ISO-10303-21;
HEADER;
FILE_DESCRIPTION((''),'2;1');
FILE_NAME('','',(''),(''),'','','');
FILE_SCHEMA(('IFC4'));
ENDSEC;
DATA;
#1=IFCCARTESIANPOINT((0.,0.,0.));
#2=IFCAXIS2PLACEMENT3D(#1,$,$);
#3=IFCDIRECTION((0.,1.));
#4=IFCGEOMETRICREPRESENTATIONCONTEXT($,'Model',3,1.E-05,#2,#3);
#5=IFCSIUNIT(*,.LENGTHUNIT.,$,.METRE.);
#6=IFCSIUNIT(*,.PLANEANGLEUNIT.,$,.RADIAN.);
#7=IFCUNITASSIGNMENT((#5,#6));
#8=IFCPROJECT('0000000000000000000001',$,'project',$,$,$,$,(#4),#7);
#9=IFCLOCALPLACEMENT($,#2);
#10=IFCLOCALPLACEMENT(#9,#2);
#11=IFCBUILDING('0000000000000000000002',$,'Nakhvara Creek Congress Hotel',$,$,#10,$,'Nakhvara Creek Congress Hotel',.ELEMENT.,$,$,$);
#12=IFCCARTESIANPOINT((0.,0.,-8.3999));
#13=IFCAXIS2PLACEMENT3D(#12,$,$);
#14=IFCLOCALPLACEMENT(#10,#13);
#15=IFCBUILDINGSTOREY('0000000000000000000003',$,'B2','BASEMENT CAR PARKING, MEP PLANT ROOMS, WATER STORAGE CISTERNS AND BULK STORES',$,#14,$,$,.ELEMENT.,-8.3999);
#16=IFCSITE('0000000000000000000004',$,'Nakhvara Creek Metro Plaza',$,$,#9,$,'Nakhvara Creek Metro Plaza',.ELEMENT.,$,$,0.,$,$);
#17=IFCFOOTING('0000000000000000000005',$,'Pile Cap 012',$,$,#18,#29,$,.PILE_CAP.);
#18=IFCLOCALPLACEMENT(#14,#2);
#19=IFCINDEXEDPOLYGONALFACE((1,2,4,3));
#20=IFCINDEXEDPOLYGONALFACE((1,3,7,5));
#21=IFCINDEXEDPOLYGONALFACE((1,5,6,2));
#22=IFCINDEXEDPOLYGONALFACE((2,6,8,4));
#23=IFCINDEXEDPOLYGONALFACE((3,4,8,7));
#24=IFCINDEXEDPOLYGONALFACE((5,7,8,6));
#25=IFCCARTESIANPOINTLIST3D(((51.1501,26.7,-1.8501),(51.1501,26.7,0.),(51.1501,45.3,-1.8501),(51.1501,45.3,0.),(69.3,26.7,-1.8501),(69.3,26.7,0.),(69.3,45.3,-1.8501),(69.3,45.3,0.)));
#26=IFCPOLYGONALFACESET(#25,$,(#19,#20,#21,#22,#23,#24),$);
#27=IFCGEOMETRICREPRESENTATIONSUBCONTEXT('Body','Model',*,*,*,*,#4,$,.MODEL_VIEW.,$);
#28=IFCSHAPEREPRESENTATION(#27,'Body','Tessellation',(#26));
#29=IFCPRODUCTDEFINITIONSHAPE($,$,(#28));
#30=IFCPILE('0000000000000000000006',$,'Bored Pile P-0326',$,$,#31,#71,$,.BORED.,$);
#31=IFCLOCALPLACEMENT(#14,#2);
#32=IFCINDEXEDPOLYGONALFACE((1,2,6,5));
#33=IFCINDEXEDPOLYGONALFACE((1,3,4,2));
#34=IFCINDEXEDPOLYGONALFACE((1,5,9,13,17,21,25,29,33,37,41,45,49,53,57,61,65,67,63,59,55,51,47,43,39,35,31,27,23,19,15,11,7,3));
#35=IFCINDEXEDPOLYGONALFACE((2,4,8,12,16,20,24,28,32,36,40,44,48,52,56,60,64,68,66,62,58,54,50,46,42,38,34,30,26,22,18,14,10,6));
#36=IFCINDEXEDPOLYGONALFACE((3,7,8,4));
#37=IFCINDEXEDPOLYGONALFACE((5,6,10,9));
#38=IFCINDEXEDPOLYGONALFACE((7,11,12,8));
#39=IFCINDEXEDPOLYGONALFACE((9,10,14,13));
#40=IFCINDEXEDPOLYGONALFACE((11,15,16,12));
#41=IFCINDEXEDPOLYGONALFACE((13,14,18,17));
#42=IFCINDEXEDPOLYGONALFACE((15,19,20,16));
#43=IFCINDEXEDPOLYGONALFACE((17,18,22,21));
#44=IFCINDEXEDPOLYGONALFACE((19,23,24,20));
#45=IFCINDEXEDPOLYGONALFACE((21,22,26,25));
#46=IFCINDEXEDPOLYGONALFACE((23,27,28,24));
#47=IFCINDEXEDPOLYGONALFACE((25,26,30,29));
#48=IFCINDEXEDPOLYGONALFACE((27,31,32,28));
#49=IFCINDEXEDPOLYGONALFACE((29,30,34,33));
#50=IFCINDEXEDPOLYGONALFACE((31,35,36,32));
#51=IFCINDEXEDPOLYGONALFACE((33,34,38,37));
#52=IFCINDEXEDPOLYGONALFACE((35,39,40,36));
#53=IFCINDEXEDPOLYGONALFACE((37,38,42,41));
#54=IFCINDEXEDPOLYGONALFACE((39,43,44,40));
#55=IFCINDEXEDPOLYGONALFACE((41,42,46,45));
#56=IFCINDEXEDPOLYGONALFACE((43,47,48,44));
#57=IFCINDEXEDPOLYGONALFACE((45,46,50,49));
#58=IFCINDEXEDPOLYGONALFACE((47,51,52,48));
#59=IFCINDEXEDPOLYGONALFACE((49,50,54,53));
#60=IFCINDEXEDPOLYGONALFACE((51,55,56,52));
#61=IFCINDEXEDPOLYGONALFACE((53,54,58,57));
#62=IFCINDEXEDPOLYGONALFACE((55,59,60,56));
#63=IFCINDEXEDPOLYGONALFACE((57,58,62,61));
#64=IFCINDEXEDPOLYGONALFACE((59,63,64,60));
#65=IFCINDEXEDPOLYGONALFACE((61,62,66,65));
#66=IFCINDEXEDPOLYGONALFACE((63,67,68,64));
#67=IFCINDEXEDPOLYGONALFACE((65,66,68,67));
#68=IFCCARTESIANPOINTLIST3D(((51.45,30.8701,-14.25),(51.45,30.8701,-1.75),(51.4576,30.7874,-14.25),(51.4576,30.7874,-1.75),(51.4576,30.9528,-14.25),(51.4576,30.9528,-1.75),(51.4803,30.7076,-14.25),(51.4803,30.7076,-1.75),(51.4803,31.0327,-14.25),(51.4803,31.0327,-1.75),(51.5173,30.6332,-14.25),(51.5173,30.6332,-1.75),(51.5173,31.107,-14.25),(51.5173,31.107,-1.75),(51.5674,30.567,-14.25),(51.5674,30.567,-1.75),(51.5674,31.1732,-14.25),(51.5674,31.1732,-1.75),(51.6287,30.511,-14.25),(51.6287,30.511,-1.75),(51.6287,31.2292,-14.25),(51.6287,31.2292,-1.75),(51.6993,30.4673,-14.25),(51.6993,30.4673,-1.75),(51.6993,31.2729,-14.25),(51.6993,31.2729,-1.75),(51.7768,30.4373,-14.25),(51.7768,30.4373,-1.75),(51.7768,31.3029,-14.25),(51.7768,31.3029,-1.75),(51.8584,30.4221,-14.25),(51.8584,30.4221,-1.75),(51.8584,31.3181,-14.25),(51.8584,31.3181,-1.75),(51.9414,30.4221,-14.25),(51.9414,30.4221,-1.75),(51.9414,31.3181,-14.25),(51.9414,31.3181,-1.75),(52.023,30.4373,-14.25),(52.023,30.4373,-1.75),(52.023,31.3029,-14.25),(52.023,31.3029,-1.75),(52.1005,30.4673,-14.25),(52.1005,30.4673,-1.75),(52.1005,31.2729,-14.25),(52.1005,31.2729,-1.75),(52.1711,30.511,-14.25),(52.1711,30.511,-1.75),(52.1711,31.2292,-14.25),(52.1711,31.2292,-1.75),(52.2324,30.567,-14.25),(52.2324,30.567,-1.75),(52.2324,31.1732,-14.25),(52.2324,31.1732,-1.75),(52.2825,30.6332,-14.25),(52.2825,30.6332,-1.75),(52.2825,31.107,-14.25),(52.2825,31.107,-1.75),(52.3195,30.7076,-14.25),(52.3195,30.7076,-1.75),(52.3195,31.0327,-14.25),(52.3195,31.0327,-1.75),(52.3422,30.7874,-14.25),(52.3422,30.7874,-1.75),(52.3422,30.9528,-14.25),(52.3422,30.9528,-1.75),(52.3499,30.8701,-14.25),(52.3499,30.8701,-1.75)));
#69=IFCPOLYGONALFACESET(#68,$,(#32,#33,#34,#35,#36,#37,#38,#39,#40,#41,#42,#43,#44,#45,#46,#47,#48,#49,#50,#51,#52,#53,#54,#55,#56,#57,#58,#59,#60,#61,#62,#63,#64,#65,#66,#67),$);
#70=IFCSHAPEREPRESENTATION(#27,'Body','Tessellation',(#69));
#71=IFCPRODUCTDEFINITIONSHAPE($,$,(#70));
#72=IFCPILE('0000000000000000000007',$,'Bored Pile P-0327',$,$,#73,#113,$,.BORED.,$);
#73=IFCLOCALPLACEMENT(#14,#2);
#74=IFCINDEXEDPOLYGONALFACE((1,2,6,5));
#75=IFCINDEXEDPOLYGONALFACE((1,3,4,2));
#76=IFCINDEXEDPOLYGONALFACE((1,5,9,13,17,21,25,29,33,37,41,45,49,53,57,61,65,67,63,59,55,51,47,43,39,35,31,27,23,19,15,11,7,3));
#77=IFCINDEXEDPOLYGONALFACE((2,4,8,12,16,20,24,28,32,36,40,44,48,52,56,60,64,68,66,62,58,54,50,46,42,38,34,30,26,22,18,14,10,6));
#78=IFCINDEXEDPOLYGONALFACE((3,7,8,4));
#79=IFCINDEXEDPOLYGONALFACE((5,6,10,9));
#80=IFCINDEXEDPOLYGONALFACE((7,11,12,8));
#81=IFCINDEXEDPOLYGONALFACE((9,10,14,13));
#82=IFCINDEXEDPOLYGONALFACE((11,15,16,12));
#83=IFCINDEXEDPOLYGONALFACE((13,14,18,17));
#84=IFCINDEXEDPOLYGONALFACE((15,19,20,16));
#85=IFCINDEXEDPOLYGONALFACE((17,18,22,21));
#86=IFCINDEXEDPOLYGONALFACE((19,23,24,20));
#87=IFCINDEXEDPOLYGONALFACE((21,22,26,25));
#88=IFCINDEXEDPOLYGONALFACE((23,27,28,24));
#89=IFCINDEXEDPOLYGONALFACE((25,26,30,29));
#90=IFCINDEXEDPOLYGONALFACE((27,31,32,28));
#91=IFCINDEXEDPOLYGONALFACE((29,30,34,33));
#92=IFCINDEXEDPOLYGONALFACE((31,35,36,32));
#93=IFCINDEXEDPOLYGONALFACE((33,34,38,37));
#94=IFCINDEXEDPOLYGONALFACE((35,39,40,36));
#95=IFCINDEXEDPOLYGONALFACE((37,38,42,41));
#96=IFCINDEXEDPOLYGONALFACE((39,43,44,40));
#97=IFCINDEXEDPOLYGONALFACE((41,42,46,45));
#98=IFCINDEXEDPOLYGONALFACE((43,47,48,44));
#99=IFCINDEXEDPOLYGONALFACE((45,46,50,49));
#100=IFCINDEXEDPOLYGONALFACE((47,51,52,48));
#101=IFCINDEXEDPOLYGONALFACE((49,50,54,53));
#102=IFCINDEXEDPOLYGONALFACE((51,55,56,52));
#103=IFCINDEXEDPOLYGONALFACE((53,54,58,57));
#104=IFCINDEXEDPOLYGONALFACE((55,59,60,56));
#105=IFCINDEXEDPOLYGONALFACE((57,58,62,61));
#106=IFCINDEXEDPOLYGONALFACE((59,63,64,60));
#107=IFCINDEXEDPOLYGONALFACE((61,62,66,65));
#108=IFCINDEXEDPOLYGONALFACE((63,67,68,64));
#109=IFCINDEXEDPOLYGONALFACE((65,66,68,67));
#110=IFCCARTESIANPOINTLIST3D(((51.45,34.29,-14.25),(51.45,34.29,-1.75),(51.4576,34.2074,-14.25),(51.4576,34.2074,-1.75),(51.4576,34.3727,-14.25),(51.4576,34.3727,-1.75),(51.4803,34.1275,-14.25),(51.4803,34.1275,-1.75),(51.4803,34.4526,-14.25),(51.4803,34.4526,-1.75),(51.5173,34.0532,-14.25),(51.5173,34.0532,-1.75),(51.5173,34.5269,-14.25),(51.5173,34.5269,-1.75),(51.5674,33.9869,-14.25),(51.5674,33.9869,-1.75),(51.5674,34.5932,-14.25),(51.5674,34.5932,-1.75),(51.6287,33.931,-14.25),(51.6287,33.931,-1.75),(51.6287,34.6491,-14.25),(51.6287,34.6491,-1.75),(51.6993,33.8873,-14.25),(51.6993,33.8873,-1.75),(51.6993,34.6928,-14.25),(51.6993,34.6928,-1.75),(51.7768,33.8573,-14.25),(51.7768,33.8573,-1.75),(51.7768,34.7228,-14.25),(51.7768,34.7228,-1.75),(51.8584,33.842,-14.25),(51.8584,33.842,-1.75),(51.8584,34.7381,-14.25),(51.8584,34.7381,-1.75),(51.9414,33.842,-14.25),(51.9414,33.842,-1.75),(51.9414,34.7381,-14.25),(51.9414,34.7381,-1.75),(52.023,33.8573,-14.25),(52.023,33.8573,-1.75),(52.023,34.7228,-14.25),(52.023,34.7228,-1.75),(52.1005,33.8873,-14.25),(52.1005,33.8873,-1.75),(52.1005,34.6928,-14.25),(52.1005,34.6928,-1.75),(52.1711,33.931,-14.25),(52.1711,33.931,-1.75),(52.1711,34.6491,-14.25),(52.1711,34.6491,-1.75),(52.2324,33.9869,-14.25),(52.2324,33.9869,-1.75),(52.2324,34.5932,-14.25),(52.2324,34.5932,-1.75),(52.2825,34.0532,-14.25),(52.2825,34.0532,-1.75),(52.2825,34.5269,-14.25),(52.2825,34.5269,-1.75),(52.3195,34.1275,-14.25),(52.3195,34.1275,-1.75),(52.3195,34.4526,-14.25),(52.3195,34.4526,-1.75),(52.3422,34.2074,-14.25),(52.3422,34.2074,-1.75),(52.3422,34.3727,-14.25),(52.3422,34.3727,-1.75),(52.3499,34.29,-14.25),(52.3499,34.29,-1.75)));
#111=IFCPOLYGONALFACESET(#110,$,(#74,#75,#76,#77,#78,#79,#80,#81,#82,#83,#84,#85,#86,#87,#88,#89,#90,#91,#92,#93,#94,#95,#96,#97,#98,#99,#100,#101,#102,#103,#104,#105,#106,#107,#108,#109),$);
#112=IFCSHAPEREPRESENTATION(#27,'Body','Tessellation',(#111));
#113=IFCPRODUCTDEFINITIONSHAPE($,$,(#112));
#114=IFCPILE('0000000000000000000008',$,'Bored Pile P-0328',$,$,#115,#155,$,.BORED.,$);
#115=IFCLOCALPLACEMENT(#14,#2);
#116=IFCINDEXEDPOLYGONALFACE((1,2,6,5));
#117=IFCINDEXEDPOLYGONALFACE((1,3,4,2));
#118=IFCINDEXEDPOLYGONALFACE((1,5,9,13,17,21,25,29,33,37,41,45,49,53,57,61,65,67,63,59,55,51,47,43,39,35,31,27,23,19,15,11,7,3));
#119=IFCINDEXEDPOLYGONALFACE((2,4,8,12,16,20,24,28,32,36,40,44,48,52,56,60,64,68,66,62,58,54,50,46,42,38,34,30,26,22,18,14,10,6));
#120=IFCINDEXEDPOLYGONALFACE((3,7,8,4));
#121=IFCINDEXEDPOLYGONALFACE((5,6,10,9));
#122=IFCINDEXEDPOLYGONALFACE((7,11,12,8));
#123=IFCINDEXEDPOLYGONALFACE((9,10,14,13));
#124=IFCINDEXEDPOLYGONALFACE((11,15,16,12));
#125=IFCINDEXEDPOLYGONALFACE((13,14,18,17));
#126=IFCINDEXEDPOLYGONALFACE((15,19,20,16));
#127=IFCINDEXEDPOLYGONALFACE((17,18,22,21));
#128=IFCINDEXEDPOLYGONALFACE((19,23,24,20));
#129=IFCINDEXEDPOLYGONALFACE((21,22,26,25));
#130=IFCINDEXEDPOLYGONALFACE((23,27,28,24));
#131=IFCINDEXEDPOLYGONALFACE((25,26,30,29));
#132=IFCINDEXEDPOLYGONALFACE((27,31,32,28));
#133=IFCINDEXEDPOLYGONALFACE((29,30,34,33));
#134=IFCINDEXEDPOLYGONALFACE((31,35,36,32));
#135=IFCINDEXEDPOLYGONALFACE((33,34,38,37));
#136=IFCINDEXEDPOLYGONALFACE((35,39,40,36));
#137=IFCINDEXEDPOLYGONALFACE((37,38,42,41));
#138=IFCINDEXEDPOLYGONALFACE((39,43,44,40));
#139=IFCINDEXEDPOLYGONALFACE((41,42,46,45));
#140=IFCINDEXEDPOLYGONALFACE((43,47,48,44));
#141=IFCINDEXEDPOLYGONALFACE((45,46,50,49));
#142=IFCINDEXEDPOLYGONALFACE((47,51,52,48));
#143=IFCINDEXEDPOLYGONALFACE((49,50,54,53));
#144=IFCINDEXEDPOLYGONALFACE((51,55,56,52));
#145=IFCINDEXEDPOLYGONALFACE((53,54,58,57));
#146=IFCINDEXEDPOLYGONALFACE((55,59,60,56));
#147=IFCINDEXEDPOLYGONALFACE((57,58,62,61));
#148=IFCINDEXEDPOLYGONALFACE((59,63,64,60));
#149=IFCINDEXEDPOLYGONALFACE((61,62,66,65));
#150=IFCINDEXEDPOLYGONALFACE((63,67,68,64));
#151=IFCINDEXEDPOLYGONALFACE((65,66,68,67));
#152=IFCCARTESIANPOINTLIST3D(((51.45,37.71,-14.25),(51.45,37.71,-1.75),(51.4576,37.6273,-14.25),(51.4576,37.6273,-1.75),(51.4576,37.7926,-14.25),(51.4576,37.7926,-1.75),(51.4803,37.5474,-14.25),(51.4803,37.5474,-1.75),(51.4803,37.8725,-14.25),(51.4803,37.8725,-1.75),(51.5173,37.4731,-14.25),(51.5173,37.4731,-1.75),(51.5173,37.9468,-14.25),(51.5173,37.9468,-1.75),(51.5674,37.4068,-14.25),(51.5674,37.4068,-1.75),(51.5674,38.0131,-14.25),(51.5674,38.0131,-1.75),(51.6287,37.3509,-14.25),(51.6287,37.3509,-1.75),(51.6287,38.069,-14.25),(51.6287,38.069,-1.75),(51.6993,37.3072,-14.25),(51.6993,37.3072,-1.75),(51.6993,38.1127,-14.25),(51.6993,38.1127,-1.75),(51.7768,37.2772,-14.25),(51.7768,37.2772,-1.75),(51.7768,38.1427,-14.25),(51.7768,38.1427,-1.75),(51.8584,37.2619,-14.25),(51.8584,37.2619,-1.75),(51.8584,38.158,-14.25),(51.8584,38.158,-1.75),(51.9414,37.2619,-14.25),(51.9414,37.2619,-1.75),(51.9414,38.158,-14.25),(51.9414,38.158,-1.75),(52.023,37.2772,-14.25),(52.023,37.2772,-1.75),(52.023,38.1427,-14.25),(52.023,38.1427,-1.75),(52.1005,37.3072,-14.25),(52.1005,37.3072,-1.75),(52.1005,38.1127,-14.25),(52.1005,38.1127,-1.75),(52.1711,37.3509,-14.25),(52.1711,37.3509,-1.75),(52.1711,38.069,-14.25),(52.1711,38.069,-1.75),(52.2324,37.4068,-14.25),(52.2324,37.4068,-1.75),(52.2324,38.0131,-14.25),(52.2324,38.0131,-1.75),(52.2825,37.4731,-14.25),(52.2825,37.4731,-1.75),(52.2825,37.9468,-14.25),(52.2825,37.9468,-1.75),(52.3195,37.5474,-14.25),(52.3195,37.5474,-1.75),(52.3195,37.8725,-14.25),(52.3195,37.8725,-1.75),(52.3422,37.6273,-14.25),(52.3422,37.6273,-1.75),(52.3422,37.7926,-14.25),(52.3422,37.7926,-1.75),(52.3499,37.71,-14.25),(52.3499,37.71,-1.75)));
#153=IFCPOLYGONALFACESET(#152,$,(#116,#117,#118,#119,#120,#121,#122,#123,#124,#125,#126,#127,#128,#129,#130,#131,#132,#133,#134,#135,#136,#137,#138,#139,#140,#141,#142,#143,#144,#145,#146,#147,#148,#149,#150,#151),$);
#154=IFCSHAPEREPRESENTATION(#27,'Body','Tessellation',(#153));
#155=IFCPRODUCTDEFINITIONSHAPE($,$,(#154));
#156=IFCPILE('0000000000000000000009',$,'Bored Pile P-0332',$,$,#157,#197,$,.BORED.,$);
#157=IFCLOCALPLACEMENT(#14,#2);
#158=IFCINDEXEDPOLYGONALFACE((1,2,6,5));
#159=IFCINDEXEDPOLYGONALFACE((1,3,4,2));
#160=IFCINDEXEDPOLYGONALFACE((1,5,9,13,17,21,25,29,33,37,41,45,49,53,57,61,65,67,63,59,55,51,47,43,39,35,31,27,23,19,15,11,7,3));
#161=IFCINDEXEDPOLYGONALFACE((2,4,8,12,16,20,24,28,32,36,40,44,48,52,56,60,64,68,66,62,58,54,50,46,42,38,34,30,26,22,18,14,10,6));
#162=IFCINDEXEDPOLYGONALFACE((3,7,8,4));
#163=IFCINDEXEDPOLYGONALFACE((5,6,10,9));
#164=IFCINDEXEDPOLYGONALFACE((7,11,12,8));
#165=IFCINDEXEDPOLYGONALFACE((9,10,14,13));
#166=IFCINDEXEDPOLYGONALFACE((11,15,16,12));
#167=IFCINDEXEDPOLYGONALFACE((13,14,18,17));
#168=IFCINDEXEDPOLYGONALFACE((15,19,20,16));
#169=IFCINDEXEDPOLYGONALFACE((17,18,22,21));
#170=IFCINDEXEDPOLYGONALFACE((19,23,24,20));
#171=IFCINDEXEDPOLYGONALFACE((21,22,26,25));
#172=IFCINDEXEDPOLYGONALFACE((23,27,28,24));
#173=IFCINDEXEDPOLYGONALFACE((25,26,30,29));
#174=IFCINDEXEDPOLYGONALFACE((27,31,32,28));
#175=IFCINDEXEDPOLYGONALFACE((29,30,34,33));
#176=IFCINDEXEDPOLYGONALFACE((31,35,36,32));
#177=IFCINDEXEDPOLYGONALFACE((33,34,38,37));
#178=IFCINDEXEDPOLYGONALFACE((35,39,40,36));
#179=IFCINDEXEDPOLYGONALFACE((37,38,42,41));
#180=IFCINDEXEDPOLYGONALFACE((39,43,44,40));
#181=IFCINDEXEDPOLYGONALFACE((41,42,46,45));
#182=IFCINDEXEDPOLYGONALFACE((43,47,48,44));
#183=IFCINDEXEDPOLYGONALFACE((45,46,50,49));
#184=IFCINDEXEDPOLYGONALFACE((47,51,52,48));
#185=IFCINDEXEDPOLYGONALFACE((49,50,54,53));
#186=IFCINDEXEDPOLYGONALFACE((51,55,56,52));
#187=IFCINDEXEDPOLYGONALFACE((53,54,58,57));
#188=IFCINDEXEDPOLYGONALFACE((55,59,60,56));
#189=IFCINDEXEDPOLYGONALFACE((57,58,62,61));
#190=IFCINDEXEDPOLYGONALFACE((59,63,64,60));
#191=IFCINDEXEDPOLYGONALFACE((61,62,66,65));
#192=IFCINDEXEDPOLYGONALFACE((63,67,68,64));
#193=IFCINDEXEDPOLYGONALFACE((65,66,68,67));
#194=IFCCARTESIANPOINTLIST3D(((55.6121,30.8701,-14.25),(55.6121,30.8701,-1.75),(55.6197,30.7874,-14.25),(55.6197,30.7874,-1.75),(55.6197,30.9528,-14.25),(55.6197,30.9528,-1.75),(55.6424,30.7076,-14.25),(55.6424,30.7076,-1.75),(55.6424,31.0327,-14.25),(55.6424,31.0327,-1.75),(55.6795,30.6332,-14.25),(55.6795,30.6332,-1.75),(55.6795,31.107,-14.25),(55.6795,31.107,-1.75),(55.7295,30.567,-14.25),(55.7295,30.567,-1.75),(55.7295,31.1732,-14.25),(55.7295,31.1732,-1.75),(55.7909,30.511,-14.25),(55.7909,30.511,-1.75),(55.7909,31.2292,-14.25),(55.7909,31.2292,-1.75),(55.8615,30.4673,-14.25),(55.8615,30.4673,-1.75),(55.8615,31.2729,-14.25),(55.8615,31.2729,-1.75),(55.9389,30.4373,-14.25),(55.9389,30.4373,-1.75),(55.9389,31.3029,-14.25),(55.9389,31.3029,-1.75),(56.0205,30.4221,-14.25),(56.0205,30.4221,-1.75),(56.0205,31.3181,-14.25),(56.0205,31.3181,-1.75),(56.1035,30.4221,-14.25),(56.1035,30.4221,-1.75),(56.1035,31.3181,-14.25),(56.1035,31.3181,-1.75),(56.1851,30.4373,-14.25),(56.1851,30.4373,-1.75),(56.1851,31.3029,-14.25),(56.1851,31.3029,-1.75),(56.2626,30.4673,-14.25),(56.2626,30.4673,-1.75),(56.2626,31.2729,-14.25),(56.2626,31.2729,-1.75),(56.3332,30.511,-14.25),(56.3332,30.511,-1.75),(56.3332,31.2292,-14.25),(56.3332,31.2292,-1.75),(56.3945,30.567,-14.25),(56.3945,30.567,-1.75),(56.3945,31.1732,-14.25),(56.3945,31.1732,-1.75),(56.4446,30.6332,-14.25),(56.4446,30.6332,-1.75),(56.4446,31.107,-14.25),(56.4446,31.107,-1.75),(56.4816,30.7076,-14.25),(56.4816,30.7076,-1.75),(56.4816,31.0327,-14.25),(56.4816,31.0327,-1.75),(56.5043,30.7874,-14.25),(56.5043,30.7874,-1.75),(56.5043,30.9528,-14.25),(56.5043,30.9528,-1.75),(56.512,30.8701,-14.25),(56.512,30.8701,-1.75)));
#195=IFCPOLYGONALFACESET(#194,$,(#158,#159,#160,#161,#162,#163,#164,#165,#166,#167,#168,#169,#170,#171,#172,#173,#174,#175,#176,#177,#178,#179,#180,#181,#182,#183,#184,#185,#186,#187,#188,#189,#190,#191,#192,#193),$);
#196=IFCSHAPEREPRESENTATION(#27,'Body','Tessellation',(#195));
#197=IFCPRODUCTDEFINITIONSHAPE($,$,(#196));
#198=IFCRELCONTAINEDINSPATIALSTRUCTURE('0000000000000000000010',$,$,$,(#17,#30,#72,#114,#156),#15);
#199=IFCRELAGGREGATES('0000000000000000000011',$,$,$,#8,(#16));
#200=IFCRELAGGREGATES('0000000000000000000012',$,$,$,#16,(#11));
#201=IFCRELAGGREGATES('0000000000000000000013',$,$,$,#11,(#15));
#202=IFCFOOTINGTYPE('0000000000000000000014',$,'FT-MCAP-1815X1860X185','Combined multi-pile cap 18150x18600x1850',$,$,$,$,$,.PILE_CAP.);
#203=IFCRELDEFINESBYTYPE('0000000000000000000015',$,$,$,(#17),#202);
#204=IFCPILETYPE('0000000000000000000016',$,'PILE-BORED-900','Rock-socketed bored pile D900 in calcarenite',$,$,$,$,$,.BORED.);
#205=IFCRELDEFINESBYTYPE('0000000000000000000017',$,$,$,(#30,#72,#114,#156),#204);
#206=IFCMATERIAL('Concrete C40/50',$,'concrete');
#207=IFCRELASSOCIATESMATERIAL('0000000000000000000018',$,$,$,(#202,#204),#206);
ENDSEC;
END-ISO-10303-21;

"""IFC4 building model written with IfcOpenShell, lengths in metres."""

from ifc_helpers import new_model, si_unit, direction, frame, origin, origin_2d, place, context, subcontext, project, spatial, rectangle, circle, extrude, material, material_profile, profile_set, type_object, element, save


model = new_model("IFC4")

# Units and contexts
model_context = context("Model", 3, precision=1e-05, world=origin(), true_north=direction((0.0, 1.0)))
body_context = subcontext(model_context, "Body", "Model", "MODEL_VIEW")
ifc_project = project(units=[si_unit("LENGTHUNIT", "METRE"), si_unit("PLANEANGLEUNIT", "RADIAN")], contexts=[model_context])

# Site, building, storey
site_placement = place(None, origin())
site = spatial("IfcSite", under=ifc_project, at=site_placement, Name="Nakhvara Creek Metro Plaza", LongName="Nakhvara Creek Metro Plaza", CompositionType="ELEMENT", RefElevation=0.0)
building_placement = place(site_placement, origin())
building = spatial("IfcBuilding", under=site, at=building_placement, Name="Nakhvara Creek Congress Hotel", LongName="Nakhvara Creek Congress Hotel", CompositionType="ELEMENT")
storey_placement = place(building_placement, frame((0.0, 0.0, -8.3999)))
storey = spatial("IfcBuildingStorey", under=building, at=storey_placement, Name="B2", Description="BASEMENT CAR PARKING, MEP PLANT ROOMS, WATER STORAGE CISTERNS AND BULK STORES", CompositionType="ELEMENT", Elevation=-8.3999)

# Footing
ifc_material_1 = material(Name="Concrete C40/50", Category="concrete")
footing_type = type_object("IfcFootingType", Name="FT-MCAP-1815X1860X185", Description="Combined multi-pile cap 18150x18600x1850", PredefinedType="PILE_CAP", material=ifc_material_1)
footing_placement = place(storey_placement, frame((60.2251, 36.0, -1.8501), z_axis=(0.0, 0.0, 1.0), x_axis=(1.0, 0.0, 0.0)))
element("IfcFooting", 1, at=footing_placement, inside=storey, type_object=footing_type, Name="Pile Cap 012", PredefinedType="PILE_CAP", context=body_context, shape_type="SweptSolid", body=[
    extrude(rectangle(XDim=18.1499, YDim=18.6001, at=origin_2d()), origin(), (0.0, 0.0, 1.0), 1.8501),
])

# Piles
ifc_material_profile_1 = material_profile(ifc_material_1, circle(Radius=0.45, at=origin_2d()), Name="BORED PILE D900", Category="LoadBearing")
ifc_profile_set_1 = profile_set([ifc_material_profile_1], Name="Concrete C40/50")
pile_type = type_object("IfcPileType", Name="PILE-BORED-900", Description="Rock-socketed bored pile D900 in calcarenite", PredefinedType="BORED", material=ifc_profile_set_1)
for number, where, z_axis, x_axis, name in (
    (2, (51.8999, 30.8701, -1.75), (0.0, 0.0, -1.0), (1.0, 0.0, 0.0), "Bored Pile P-0326"),
    (3, (51.8999, 34.29, -1.75), (0.0, 0.0, -1.0), (1.0, 0.0, 0.0), "Bored Pile P-0327"),
    (4, (51.8999, 37.71, -1.75), (0.0, 0.0, -1.0), (1.0, 0.0, 0.0), "Bored Pile P-0328"),
    (5, (56.062, 30.8701, -1.75), (0.0, 0.0, -1.0), (1.0, 0.0, 0.0), "Bored Pile P-0332"),
):
    element("IfcPile", number, at=place(storey_placement, frame(where, z_axis=z_axis, x_axis=x_axis)), inside=storey, type_object=pile_type, Name=name, PredefinedType="BORED", context=body_context, shape_type="SweptSolid", body=[
        extrude(circle(Radius=0.45, at=origin_2d()), origin(), (0.0, 0.0, 1.0), 12.5),
    ])

save(model, "model.ifc")
